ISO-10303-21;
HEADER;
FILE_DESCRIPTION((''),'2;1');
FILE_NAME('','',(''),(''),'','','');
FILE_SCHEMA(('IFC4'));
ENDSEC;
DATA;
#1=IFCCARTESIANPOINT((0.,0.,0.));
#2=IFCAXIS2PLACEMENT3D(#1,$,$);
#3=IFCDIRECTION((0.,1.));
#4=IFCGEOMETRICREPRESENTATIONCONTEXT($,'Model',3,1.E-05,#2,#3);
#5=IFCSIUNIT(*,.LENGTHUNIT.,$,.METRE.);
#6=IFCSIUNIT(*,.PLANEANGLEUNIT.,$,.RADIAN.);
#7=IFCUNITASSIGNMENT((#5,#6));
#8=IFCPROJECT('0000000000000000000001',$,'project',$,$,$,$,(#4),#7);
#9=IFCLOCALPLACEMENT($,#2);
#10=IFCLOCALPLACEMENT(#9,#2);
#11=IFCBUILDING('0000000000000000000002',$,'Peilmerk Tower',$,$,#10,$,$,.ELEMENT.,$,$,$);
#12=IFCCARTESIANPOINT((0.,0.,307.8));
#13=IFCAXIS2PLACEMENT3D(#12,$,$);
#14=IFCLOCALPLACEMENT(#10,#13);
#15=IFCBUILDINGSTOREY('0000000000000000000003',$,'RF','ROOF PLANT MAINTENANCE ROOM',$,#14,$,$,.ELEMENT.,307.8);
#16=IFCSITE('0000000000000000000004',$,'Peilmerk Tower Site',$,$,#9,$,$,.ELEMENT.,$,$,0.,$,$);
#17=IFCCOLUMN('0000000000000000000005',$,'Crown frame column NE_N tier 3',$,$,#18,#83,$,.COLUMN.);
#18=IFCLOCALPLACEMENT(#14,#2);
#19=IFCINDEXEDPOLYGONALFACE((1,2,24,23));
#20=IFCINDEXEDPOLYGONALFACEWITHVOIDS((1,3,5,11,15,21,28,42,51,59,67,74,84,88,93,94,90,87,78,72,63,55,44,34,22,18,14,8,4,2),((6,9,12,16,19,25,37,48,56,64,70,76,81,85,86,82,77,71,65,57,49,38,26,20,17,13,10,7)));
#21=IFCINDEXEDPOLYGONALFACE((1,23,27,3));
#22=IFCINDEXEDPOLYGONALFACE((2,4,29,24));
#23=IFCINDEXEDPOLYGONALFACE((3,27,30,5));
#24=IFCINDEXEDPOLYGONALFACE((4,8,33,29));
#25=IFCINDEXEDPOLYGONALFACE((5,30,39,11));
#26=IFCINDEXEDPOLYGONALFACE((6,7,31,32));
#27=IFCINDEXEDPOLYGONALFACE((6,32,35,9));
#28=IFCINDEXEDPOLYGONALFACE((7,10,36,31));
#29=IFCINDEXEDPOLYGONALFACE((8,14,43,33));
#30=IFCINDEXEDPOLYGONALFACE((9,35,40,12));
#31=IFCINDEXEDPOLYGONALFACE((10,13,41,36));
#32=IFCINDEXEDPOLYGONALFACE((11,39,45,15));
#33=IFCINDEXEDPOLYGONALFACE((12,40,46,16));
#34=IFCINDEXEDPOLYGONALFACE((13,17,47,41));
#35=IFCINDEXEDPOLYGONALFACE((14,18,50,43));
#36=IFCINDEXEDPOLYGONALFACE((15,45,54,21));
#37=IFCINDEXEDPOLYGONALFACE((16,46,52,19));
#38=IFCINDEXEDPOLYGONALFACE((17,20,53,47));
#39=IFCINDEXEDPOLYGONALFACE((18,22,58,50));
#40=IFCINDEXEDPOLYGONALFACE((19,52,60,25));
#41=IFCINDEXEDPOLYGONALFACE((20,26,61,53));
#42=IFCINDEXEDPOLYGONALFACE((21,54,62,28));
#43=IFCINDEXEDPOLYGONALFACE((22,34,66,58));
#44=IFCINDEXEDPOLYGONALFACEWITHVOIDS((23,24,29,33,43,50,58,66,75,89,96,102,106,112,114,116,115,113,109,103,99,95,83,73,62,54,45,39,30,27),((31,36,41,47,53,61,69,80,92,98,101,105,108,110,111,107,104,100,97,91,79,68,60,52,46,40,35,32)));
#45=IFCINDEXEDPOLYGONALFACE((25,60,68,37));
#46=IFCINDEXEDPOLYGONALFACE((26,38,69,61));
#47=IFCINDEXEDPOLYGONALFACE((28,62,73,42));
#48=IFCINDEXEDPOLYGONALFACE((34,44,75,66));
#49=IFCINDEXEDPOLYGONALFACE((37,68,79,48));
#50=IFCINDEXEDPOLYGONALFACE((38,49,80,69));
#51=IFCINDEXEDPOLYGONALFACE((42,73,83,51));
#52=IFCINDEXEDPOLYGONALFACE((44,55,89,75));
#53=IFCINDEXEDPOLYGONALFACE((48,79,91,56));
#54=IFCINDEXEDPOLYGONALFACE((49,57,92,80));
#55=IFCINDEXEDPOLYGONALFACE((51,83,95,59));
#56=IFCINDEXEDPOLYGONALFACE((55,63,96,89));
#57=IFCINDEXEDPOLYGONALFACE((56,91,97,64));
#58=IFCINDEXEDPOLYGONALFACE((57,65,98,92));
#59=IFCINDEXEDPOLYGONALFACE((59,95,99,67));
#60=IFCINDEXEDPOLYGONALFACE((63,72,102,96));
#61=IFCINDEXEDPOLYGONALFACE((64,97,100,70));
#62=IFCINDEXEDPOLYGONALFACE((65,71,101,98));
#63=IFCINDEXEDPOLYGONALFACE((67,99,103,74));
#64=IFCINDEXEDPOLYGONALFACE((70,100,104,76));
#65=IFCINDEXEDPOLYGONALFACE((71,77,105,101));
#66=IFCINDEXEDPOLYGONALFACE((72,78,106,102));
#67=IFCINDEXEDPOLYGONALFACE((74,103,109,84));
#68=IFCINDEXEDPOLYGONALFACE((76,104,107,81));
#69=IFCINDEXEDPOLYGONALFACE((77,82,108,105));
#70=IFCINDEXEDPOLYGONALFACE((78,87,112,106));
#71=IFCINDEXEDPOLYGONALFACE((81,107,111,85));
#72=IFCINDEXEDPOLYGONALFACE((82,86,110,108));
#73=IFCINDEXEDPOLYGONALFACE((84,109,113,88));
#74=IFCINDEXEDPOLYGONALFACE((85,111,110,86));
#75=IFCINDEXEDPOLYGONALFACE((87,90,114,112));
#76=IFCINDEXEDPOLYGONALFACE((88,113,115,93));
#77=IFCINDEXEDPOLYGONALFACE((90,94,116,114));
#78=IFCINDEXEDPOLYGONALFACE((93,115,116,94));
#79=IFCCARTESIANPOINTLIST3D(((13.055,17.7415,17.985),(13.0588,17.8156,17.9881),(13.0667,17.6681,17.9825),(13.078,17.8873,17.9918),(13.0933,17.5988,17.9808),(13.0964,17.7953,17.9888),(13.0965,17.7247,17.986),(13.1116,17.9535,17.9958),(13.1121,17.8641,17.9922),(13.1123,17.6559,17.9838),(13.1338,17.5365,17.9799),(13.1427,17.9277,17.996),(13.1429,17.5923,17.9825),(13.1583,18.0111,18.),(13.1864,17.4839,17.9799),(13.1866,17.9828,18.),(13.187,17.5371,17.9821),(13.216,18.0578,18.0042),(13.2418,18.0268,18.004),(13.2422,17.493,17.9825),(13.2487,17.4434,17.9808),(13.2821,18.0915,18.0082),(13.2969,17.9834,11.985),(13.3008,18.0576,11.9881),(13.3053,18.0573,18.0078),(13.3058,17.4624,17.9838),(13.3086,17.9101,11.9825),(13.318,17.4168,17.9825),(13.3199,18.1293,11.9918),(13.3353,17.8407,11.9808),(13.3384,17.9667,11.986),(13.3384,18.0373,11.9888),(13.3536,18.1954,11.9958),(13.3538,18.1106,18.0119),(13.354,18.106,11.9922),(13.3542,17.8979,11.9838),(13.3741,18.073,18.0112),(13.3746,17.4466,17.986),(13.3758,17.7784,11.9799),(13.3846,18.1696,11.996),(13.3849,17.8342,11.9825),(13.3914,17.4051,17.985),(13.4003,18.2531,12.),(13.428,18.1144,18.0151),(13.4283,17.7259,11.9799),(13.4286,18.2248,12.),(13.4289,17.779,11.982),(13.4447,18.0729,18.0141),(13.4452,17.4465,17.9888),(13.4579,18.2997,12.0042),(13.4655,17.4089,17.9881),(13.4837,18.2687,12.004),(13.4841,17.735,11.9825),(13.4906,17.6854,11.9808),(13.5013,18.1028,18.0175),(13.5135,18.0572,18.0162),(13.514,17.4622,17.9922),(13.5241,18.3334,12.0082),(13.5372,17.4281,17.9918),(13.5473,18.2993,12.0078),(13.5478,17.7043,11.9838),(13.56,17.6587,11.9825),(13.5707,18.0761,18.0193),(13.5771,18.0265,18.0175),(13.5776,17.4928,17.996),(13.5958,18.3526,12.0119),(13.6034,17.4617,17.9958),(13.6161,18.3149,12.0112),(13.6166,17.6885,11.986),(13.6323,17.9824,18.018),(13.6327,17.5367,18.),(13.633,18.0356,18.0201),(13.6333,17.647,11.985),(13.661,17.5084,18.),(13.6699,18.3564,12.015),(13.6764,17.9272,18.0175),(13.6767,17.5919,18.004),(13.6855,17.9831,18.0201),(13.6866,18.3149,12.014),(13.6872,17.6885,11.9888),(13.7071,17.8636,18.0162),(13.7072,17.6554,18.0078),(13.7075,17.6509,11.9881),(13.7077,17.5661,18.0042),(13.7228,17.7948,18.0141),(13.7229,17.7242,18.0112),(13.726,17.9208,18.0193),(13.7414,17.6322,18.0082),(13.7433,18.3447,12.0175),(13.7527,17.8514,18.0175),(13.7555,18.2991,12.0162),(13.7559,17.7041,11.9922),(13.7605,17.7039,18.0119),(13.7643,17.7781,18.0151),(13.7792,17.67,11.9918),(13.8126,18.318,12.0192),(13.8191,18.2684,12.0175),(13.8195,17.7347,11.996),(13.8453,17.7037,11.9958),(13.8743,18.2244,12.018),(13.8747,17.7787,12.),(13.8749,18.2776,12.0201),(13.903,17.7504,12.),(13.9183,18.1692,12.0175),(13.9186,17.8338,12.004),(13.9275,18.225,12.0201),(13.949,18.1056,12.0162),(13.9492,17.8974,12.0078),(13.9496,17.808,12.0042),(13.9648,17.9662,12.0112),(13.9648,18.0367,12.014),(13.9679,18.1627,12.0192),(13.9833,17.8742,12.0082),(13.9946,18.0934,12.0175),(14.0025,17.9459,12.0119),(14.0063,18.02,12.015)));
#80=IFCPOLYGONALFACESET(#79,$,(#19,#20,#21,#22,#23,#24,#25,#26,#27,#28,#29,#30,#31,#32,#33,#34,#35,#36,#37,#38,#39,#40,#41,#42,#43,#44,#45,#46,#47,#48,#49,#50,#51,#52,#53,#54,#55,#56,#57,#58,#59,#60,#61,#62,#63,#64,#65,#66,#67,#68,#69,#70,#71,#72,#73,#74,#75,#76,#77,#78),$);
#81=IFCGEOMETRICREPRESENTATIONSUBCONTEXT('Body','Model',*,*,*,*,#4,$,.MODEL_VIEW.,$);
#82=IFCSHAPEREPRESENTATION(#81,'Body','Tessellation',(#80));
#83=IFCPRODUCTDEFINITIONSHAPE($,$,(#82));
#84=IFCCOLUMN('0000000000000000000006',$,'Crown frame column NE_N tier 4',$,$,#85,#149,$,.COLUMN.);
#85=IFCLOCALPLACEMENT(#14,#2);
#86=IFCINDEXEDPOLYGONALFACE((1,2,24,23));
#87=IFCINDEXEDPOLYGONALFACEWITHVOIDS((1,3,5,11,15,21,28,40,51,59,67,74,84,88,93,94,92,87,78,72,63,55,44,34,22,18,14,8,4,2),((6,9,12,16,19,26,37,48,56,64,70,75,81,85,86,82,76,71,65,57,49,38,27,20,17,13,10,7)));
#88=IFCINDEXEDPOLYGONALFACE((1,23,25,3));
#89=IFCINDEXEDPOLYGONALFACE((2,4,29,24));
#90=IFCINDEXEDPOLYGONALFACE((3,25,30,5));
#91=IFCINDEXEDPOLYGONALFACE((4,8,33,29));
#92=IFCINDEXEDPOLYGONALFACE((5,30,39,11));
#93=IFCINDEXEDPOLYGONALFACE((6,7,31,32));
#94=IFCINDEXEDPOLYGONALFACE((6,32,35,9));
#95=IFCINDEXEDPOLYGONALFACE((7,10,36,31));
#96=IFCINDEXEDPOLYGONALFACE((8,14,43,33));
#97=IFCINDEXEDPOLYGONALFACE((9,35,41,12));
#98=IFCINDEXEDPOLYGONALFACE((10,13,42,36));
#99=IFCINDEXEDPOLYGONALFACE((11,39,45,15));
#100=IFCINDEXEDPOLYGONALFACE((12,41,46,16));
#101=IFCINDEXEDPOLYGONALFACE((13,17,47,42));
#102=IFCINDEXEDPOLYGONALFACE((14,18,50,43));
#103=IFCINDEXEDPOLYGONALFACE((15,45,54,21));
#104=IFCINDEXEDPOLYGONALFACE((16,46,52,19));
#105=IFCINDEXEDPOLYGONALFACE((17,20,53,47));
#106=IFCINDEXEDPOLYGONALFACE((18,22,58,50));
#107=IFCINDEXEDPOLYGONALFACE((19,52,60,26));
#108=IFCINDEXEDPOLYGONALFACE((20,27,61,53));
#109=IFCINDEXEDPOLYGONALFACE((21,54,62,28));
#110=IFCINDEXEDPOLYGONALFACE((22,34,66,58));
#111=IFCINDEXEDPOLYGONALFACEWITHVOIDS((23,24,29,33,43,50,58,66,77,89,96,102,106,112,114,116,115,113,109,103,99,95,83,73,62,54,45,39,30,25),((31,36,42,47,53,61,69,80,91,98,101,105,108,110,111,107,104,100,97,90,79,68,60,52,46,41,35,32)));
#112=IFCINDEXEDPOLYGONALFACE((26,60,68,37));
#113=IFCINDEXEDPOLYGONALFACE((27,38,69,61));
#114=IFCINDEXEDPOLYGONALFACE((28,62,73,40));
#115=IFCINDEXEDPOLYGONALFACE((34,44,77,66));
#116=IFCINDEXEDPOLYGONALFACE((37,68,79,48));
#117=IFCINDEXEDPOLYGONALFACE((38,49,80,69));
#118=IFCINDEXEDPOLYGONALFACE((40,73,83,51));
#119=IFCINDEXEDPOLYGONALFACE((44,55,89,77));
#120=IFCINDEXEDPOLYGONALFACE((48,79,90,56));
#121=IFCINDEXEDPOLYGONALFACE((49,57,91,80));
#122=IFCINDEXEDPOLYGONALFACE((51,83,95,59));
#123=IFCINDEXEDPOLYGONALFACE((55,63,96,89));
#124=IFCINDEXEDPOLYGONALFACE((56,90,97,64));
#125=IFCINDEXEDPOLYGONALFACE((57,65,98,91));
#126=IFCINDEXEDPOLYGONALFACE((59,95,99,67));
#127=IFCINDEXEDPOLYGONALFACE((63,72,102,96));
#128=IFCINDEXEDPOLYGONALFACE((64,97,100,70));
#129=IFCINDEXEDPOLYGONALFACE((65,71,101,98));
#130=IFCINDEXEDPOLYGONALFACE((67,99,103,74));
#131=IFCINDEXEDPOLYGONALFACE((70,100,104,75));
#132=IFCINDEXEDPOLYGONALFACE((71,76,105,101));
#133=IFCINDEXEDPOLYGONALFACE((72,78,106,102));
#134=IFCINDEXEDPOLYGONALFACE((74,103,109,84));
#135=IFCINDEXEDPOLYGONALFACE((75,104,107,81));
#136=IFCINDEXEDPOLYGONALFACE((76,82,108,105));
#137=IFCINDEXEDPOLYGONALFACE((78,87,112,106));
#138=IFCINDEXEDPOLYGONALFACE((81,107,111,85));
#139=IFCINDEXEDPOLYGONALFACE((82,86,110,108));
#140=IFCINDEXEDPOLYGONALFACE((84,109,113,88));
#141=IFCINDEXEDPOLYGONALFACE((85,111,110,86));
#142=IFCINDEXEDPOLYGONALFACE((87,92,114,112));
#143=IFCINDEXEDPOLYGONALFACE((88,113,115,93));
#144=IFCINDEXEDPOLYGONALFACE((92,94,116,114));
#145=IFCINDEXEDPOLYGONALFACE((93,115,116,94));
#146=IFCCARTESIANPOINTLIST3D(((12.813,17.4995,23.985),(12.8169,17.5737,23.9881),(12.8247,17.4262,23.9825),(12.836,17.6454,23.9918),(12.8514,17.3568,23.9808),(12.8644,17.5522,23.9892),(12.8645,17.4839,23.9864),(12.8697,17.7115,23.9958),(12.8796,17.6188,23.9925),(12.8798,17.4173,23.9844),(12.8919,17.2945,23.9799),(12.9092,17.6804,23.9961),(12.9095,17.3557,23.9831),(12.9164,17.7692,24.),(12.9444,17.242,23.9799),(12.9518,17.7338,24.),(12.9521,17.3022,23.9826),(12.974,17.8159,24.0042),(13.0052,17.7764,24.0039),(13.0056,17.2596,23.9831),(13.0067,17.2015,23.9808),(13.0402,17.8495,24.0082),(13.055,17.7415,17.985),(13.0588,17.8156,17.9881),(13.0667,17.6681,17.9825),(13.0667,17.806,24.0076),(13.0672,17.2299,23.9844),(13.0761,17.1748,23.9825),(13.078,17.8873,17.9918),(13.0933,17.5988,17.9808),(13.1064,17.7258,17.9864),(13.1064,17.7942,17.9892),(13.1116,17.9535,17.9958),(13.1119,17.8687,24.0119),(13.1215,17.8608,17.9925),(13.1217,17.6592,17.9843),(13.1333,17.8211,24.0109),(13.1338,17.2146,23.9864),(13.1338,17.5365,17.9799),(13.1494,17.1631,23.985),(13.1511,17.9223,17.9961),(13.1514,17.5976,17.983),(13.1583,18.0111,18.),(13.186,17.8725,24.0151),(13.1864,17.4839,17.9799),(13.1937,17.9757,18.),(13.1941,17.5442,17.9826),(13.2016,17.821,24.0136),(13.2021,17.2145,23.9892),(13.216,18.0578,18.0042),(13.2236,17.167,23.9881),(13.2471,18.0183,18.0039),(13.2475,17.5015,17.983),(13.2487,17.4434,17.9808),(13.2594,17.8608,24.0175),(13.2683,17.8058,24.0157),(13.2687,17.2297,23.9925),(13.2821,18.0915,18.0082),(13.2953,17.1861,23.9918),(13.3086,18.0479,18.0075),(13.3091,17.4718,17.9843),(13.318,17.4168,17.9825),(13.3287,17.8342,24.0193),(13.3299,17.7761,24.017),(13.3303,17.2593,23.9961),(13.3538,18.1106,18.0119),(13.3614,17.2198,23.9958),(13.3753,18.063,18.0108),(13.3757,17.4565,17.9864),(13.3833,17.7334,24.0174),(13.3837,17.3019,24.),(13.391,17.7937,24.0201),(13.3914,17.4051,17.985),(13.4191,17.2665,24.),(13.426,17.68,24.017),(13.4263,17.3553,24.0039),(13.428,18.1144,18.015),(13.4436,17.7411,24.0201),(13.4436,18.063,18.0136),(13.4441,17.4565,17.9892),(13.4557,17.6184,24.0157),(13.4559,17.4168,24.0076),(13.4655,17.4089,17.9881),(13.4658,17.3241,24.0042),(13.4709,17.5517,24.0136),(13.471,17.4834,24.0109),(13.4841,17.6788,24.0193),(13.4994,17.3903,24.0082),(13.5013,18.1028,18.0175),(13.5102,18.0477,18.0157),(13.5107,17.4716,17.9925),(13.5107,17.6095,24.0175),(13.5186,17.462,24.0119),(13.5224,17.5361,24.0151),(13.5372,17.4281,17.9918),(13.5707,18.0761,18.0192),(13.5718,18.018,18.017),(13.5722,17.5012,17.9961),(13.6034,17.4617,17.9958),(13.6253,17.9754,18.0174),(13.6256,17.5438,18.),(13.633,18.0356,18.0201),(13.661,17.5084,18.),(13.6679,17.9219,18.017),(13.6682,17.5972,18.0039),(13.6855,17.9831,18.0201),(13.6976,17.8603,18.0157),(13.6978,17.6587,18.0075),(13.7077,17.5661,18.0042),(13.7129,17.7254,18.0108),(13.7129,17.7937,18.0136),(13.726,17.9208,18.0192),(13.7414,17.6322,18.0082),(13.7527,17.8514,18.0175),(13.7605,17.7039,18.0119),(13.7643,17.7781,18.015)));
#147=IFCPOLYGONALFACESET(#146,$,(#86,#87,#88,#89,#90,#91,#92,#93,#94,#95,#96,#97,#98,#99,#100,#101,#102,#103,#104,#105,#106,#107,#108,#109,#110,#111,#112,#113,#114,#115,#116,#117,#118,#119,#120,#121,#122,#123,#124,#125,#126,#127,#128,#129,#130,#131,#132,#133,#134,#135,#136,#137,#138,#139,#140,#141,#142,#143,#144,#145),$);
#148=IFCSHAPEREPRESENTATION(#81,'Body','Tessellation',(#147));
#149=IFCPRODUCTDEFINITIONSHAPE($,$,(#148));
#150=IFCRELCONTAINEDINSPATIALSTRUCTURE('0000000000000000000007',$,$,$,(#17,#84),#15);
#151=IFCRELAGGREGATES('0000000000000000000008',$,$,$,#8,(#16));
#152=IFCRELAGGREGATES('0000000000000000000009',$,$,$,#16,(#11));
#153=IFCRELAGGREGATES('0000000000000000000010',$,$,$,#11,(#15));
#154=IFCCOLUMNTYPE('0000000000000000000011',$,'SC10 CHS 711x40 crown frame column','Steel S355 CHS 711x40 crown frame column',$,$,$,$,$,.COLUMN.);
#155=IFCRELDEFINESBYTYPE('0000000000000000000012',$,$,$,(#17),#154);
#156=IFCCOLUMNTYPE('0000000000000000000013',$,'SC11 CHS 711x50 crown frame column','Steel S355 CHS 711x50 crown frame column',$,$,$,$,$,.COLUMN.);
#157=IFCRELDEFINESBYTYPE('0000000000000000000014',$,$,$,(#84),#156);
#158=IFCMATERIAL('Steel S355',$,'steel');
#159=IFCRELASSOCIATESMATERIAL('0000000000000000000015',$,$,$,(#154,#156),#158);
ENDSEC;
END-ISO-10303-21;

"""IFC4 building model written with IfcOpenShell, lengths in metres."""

from ifc_helpers import new_model, si_unit, direction, frame, origin, origin_2d, place, context, subcontext, project, spatial, hollow_circle, extrude, material, material_profile, profile_set, type_object, element, save


model = new_model("IFC4")

# Units and contexts
model_context = context("Model", 3, precision=1e-05, world=origin(), true_north=direction((0.0, 1.0)))
body_context = subcontext(model_context, "Body", "Model", "MODEL_VIEW")
ifc_project = project(units=[si_unit("LENGTHUNIT", "METRE"), si_unit("PLANEANGLEUNIT", "RADIAN")], contexts=[model_context])

# Site, building, storey
site_placement = place(None, origin())
site = spatial("IfcSite", under=ifc_project, at=site_placement, Name="Peilmerk Tower Site", CompositionType="ELEMENT", RefElevation=0.0)
building_placement = place(site_placement, origin())
building = spatial("IfcBuilding", under=site, at=building_placement, Name="Peilmerk Tower", CompositionType="ELEMENT")
storey_placement = place(building_placement, frame((0.0, 0.0, 307.8)))
storey = spatial("IfcBuildingStorey", under=building, at=storey_placement, Name="RF", Description="ROOF PLANT MAINTENANCE ROOM", CompositionType="ELEMENT", Elevation=307.8)

# Columns
ifc_material_1 = material(Name="Steel S355", Category="steel")
ifc_material_profile_1 = material_profile(ifc_material_1, hollow_circle(Radius=0.3555, WallThickness=0.04, at=origin_2d()), Name="CHS 711x40")
ifc_profile_set_1 = profile_set([ifc_material_profile_1], Name="Steel S355")
column_type_1 = type_object("IfcColumnType", Name="SC10 CHS 711x40 crown frame column", Description="Steel S355 CHS 711x40 crown frame column", PredefinedType="COLUMN", material=ifc_profile_set_1)
column_1_placement = place(storey_placement, frame((13.6516, 18.0017, 12.0), z_axis=(-0.040258, -0.040258, 0.998378), x_axis=(0.707107, -0.707107, 0.0)))
element("IfcColumn", 1, at=column_1_placement, inside=storey, type_object=column_type_1, Name="Crown frame column NE_N tier 3", PredefinedType="COLUMN", context=body_context, shape_type="SweptSolid", body=[
    extrude(hollow_circle(Radius=0.3555, WallThickness=0.04, at=origin_2d()), origin(), (0.0, 0.0, 1.0), 6.0098),
])
ifc_material_profile_2 = material_profile(ifc_material_1, hollow_circle(Radius=0.3555, WallThickness=0.05, at=origin_2d()), Name="CHS 711x50")
ifc_profile_set_2 = profile_set([ifc_material_profile_2], Name="Steel S355")
column_type_2 = type_object("IfcColumnType", Name="SC11 CHS 711x50 crown frame column", Description="Steel S355 CHS 711x50 crown frame column", PredefinedType="COLUMN", material=ifc_profile_set_2)
column_2_placement = place(storey_placement, frame((13.4097, 17.7598, 18.0), z_axis=(-0.040258, -0.040258, 0.998378), x_axis=(0.707107, -0.707107, 0.0)))
element("IfcColumn", 2, at=column_2_placement, inside=storey, type_object=column_type_2, Name="Crown frame column NE_N tier 4", PredefinedType="COLUMN", context=body_context, shape_type="SweptSolid", body=[
    extrude(hollow_circle(Radius=0.3555, WallThickness=0.05, at=origin_2d()), origin(), (0.0, 0.0, 1.0), 6.0098),
])

save(model, "model.ifc")
